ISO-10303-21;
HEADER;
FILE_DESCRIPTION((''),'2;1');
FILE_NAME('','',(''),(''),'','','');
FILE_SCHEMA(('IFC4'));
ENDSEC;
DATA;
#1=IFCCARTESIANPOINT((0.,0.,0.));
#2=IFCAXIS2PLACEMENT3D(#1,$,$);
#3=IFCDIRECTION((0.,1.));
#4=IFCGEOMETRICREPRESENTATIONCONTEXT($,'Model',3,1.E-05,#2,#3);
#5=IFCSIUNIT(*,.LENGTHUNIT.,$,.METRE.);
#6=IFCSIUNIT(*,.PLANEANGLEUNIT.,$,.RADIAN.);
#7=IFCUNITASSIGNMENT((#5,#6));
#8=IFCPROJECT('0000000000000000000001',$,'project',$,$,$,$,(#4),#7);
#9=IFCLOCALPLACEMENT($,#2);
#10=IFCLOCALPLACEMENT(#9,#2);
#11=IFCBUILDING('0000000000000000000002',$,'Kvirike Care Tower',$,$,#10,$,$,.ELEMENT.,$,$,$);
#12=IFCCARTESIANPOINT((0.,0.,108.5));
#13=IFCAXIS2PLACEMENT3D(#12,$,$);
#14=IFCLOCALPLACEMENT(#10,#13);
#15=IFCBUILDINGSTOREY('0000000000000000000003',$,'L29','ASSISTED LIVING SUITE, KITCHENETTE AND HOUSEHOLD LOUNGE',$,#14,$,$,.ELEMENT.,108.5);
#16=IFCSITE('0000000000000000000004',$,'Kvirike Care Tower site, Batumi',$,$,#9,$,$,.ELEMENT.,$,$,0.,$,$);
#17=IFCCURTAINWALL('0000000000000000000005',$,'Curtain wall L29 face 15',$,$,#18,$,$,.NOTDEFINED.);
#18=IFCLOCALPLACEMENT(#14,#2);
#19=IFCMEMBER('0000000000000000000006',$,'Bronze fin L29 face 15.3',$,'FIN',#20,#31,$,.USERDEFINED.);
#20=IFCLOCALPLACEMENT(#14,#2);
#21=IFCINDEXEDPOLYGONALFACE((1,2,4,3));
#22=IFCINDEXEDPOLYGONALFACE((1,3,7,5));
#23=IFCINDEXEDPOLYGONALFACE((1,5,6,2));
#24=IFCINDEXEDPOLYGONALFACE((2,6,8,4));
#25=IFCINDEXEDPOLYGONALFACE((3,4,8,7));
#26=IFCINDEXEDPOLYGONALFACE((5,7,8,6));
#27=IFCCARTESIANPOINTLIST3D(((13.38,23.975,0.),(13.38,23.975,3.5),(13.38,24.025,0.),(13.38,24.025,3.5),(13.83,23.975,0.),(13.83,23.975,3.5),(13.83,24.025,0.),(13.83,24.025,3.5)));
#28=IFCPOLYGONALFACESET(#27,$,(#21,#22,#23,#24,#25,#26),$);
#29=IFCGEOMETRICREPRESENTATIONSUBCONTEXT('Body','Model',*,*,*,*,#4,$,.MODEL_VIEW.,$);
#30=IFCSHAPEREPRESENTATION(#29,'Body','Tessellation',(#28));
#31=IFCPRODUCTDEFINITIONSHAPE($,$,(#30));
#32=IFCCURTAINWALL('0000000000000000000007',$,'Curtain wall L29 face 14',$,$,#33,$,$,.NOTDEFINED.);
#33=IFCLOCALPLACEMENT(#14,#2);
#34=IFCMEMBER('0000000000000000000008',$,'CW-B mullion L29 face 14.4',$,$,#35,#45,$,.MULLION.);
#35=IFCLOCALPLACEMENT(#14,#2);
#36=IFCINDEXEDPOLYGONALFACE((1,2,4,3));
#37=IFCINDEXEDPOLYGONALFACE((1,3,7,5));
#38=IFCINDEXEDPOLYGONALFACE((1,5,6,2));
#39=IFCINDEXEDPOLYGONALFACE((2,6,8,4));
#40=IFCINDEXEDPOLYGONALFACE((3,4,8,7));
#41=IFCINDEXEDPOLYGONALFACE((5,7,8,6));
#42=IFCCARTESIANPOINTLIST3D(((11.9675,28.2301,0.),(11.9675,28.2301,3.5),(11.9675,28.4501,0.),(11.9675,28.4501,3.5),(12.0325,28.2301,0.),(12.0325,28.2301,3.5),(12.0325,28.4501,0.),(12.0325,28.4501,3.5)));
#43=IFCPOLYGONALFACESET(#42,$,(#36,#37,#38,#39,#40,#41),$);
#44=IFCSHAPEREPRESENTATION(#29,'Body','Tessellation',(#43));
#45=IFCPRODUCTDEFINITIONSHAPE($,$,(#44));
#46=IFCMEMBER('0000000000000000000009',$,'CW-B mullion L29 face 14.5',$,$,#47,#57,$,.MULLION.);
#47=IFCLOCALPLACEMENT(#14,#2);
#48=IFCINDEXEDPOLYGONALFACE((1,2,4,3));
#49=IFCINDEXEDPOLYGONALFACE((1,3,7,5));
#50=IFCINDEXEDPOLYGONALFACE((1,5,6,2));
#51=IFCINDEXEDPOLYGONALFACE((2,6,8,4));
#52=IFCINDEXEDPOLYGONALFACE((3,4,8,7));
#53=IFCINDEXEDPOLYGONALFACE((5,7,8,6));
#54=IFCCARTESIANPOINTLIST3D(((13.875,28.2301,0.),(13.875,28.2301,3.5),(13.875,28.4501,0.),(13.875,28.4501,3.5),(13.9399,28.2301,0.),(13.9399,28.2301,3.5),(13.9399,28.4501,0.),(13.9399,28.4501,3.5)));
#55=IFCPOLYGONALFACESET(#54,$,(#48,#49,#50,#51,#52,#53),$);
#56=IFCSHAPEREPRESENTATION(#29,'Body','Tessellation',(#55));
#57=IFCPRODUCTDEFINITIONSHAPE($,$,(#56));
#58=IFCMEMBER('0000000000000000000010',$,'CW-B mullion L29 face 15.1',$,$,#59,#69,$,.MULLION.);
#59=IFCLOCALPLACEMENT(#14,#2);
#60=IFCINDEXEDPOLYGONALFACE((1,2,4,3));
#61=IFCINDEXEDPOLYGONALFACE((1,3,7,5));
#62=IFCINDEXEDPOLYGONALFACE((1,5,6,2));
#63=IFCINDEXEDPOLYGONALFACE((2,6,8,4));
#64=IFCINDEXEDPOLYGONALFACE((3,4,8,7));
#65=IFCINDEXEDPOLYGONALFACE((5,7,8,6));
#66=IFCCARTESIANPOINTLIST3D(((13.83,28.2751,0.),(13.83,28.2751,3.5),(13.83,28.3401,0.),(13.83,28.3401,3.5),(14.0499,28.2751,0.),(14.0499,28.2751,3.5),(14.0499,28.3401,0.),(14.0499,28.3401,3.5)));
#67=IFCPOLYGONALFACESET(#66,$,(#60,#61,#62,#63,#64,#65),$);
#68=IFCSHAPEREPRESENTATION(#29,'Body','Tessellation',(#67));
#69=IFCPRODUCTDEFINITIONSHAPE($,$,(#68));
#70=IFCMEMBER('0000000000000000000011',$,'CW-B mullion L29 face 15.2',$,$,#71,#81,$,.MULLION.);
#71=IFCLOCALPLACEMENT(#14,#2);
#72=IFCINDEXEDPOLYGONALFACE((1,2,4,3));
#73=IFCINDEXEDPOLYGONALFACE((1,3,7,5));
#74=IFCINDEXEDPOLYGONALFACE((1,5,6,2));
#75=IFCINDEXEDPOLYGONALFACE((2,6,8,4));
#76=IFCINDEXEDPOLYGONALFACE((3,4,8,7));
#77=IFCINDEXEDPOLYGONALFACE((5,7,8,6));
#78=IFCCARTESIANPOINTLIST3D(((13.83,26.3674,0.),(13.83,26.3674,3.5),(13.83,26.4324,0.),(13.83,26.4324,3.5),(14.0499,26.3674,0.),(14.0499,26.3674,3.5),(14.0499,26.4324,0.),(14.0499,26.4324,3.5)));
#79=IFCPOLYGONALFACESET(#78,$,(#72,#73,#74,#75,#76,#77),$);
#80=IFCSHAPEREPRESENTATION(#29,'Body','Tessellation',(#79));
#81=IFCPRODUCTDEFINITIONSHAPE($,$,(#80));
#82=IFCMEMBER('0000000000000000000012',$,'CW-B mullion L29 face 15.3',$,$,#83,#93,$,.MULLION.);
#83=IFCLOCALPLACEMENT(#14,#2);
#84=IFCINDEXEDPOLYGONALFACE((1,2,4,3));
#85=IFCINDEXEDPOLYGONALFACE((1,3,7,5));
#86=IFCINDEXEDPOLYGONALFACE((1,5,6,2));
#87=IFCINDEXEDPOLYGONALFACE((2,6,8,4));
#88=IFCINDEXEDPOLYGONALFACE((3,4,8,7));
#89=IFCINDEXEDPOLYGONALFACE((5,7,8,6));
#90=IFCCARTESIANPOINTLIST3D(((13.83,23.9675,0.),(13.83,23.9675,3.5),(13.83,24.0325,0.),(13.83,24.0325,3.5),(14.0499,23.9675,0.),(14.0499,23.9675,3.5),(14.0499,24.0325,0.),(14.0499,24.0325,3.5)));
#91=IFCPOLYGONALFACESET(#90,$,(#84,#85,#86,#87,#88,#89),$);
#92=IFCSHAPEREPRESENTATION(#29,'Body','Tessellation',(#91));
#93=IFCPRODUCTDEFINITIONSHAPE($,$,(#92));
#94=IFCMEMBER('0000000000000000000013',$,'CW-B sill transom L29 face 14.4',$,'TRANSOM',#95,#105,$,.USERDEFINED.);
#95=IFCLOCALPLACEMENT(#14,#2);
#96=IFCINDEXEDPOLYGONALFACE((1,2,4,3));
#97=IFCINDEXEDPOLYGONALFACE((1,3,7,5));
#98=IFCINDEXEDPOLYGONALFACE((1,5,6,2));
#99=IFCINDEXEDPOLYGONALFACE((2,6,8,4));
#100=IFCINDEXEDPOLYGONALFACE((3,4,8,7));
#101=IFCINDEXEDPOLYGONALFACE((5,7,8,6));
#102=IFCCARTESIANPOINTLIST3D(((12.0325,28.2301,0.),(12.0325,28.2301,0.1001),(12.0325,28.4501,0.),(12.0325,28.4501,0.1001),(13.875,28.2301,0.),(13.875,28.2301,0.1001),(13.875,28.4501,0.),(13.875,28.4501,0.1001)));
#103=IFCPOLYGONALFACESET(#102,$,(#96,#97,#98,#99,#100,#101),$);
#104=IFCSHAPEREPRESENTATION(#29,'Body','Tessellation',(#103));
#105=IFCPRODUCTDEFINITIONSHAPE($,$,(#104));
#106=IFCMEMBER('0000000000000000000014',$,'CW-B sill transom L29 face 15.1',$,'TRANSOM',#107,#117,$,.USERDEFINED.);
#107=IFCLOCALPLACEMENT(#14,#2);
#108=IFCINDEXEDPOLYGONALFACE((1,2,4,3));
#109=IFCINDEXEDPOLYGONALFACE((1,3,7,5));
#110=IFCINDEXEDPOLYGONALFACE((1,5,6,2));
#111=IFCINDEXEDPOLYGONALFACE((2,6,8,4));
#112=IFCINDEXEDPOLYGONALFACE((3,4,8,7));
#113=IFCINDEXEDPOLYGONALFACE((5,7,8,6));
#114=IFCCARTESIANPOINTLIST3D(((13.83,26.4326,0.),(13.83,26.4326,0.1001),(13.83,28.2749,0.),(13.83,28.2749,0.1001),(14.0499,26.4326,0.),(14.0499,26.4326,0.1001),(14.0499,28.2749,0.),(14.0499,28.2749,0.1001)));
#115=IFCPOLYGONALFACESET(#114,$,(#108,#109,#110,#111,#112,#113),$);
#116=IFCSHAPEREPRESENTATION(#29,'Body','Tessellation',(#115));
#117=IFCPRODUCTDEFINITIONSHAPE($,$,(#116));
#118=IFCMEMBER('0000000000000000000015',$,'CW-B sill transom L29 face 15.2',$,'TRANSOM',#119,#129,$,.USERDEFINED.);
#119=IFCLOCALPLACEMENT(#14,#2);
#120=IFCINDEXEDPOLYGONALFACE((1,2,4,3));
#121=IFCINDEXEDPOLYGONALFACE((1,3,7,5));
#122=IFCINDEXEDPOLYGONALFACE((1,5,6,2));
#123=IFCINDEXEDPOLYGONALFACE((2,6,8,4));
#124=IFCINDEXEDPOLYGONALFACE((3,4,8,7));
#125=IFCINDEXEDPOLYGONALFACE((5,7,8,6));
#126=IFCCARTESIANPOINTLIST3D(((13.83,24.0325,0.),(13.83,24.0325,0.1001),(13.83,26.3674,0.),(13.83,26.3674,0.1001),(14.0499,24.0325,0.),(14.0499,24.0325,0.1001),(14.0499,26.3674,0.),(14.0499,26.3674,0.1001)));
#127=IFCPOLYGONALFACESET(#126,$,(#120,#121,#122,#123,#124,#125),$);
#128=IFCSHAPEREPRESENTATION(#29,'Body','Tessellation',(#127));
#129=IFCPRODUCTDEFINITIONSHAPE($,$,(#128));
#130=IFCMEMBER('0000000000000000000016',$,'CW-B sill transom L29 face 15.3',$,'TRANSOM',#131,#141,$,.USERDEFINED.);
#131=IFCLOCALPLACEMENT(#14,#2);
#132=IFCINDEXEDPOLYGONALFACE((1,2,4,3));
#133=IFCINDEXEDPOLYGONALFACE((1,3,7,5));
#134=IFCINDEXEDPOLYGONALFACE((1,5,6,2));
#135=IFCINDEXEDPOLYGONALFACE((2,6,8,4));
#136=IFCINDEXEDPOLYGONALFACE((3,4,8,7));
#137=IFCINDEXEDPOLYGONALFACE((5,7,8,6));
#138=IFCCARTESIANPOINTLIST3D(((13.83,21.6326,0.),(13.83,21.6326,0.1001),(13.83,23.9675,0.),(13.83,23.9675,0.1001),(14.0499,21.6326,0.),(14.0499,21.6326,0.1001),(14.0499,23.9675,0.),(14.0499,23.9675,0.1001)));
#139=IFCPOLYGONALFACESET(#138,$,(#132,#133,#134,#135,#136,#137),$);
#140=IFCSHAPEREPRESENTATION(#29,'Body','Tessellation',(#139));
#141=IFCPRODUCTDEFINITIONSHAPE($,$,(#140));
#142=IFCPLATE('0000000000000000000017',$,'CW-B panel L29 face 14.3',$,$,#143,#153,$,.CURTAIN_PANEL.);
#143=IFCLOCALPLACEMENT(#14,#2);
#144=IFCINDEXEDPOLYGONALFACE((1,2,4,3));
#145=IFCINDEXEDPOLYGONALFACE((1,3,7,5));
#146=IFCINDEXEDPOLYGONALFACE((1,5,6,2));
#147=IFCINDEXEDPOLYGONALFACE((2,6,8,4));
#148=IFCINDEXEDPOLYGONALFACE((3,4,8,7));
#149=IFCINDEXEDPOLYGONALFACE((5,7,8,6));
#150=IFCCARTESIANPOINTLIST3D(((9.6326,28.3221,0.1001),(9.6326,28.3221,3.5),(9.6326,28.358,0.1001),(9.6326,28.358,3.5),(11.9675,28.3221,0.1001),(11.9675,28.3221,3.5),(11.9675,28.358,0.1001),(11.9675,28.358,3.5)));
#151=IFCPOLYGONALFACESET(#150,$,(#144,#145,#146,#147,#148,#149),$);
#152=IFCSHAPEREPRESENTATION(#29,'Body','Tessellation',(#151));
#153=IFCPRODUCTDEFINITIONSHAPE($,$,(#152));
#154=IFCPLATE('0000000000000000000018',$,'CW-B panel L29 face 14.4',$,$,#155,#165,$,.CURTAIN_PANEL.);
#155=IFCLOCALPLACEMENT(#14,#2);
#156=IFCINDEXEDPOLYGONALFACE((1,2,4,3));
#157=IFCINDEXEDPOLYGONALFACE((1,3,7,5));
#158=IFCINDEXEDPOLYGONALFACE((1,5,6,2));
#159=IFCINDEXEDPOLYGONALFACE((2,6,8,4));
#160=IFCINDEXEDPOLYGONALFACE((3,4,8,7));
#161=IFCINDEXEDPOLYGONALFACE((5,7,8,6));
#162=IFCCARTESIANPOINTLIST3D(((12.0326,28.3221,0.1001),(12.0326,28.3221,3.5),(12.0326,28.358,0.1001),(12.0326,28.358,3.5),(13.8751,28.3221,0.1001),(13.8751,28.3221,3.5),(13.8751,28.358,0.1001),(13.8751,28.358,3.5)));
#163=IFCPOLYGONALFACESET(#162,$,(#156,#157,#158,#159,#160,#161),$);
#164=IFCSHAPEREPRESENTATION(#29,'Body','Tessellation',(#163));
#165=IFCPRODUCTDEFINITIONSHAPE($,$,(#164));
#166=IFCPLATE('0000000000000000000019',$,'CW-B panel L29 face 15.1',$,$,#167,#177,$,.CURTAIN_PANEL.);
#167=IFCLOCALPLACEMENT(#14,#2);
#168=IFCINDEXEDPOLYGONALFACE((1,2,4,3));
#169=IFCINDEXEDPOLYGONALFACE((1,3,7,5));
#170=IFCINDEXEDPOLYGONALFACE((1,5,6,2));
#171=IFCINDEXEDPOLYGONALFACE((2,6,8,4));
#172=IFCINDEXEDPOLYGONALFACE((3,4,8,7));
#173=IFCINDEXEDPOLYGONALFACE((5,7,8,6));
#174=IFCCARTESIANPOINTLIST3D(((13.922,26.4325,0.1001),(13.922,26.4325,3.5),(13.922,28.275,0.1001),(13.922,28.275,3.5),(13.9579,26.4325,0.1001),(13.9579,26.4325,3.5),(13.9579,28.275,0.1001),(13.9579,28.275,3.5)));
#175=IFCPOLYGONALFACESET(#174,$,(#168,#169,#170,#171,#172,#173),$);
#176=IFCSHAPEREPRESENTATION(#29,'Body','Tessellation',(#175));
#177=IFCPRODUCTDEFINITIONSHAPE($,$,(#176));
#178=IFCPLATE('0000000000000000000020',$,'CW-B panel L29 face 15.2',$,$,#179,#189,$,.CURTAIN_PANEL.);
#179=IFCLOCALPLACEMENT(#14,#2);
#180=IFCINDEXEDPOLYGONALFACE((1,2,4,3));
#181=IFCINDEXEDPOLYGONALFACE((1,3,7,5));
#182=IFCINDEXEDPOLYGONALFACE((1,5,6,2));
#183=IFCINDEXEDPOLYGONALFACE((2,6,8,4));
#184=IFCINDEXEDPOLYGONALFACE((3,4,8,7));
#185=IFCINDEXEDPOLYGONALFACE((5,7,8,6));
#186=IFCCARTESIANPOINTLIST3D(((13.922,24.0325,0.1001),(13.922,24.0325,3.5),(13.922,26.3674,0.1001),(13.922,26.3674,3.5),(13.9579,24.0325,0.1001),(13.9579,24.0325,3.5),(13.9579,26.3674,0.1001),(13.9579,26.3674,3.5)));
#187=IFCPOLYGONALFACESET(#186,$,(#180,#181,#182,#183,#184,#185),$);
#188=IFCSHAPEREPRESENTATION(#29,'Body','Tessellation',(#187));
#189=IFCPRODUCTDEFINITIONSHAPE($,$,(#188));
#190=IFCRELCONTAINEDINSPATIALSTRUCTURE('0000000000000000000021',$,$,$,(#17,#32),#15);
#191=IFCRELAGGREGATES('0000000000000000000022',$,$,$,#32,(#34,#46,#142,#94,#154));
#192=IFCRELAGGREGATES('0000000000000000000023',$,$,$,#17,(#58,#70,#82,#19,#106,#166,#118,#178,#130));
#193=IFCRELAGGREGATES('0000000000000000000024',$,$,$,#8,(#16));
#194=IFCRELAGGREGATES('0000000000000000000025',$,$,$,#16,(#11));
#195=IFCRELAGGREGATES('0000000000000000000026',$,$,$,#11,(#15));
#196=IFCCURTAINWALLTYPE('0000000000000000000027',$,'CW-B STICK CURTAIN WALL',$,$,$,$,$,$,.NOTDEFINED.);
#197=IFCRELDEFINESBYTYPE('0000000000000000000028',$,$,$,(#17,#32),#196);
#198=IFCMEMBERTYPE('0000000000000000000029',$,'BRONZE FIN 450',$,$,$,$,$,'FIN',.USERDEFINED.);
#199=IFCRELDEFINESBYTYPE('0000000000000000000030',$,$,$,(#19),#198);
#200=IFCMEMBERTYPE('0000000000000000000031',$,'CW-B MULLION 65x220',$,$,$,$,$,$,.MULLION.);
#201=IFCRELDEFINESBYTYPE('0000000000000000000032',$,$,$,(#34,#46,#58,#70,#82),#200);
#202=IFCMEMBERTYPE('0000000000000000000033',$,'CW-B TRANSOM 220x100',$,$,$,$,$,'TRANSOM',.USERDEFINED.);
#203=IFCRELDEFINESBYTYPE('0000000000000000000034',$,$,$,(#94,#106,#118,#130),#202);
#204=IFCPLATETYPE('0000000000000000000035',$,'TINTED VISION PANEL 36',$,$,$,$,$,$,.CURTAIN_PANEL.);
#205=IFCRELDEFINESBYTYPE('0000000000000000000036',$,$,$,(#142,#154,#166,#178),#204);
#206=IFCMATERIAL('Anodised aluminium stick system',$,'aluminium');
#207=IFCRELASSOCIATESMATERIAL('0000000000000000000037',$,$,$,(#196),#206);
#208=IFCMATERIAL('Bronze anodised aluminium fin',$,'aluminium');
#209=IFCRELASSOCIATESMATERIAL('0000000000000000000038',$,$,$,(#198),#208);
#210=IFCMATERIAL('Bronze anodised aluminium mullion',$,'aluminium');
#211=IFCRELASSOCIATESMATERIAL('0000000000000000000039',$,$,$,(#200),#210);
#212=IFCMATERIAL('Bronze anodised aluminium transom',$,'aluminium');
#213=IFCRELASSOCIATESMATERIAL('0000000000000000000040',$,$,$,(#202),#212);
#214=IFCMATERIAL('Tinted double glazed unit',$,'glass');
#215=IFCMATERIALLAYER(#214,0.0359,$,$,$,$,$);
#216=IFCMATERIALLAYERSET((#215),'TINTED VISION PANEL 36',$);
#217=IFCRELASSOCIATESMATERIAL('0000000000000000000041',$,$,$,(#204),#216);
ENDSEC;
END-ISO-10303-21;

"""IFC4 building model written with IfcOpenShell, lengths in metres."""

from ifc_helpers import new_model, si_unit, direction, frame, origin, origin_2d, place, context, subcontext, project, spatial, rectangle, extrude, material, layer, layer_set, material_profile, profile_set, type_object, element, aggregate, save


model = new_model("IFC4")

# Units and contexts
model_context = context("Model", 3, precision=1e-05, world=origin(), true_north=direction((0.0, 1.0)))
body_context = subcontext(model_context, "Body", "Model", "MODEL_VIEW")
ifc_project = project(units=[si_unit("LENGTHUNIT", "METRE"), si_unit("PLANEANGLEUNIT", "RADIAN")], contexts=[model_context])

# Site, building, storey
site_placement = place(None, origin())
site = spatial("IfcSite", under=ifc_project, at=site_placement, Name="Kvirike Care Tower site, Batumi", CompositionType="ELEMENT", RefElevation=0.0)
building_placement = place(site_placement, origin())
building = spatial("IfcBuilding", under=site, at=building_placement, Name="Kvirike Care Tower", CompositionType="ELEMENT")
storey_placement = place(building_placement, frame((0.0, 0.0, 108.5)))
storey = spatial("IfcBuildingStorey", under=building, at=storey_placement, Name="L29", Description="ASSISTED LIVING SUITE, KITCHENETTE AND HOUSEHOLD LOUNGE", CompositionType="ELEMENT", Elevation=108.5)

# Curtain wall, member
ifc_material_1 = material(Name="Anodised aluminium stick system", Category="aluminium")
curtain_wall_type = type_object("IfcCurtainWallType", Name="CW-B STICK CURTAIN WALL", PredefinedType="NOTDEFINED", material=ifc_material_1)
curtain_wall_1_placement = place(storey_placement, origin())
curtain_wall_1 = element("IfcCurtainWall", 1, at=curtain_wall_1_placement, inside=storey, type_object=curtain_wall_type, Name="Curtain wall L29 face 15", PredefinedType="NOTDEFINED")
ifc_material_2 = material(Name="Bronze anodised aluminium fin", Category="aluminium")
ifc_material_profile_1 = material_profile(ifc_material_2, rectangle(XDim=0.05, YDim=0.45, at=origin_2d()), Name="BRONZE FIN 450")
ifc_profile_set_1 = profile_set([ifc_material_profile_1], Name="Bronze anodised aluminium fin")
member_type_1 = type_object("IfcMemberType", Name="BRONZE FIN 450", ElementType="FIN", PredefinedType="USERDEFINED", material=ifc_profile_set_1)
member_1_placement = place(storey_placement, frame((13.605, 24.0, 0.0), z_axis=(0.0, 0.0, 1.0), x_axis=(0.0, -1.0, 0.0)))
member_1 = element("IfcMember", 2, at=member_1_placement, type_object=member_type_1, Name="Bronze fin L29 face 15.3", ObjectType="FIN", PredefinedType="USERDEFINED", context=body_context, shape_type="SweptSolid", body=[
    extrude(rectangle(XDim=0.05, YDim=0.45, at=origin_2d()), origin(), (0.0, 0.0, 1.0), 3.5),
])

# Curtain wall, members
curtain_wall_2_placement = place(storey_placement, origin())
curtain_wall_2 = element("IfcCurtainWall", 3, at=curtain_wall_2_placement, inside=storey, type_object=curtain_wall_type, Name="Curtain wall L29 face 14", PredefinedType="NOTDEFINED")
ifc_material_3 = material(Name="Bronze anodised aluminium mullion", Category="aluminium")
ifc_material_profile_2 = material_profile(ifc_material_3, rectangle(XDim=0.0649, YDim=0.22, at=origin_2d()), Name="CW-B MULLION 65x220")
ifc_profile_set_2 = profile_set([ifc_material_profile_2], Name="Bronze anodised aluminium mullion")
member_type_2 = type_object("IfcMemberType", Name="CW-B MULLION 65x220", PredefinedType="MULLION", material=ifc_profile_set_2)
member_2_placement = place(storey_placement, frame((12.0, 28.3401, 0.0), z_axis=(0.0, 0.0, 1.0), x_axis=(1.0, 0.0, 0.0)))
member_2 = element("IfcMember", 4, at=member_2_placement, type_object=member_type_2, Name="CW-B mullion L29 face 14.4", PredefinedType="MULLION", context=body_context, shape_type="SweptSolid", body=[
    extrude(rectangle(XDim=0.0649, YDim=0.22, at=origin_2d()), origin(), (0.0, 0.0, 1.0), 3.5),
])
member_3_placement = place(storey_placement, frame((13.9075, 28.3401, 0.0), z_axis=(0.0, 0.0, 1.0), x_axis=(1.0, 0.0, 0.0)))
member_3 = element("IfcMember", 5, at=member_3_placement, type_object=member_type_2, Name="CW-B mullion L29 face 14.5", PredefinedType="MULLION", context=body_context, shape_type="SweptSolid", body=[
    extrude(rectangle(XDim=0.0649, YDim=0.22, at=origin_2d()), origin(), (0.0, 0.0, 1.0), 3.5),
])

# Members
member_4_placement = place(storey_placement, frame((13.9399, 28.3076, 0.0), z_axis=(0.0, 0.0, 1.0), x_axis=(0.0, -1.0, 0.0)))
member_4 = element("IfcMember", 6, at=member_4_placement, type_object=member_type_2, Name="CW-B mullion L29 face 15.1", PredefinedType="MULLION", context=body_context, shape_type="SweptSolid", body=[
    extrude(rectangle(XDim=0.0649, YDim=0.22, at=origin_2d()), origin(), (0.0, 0.0, 1.0), 3.5),
])
member_5_placement = place(storey_placement, frame((13.9399, 26.3999, 0.0), z_axis=(0.0, 0.0, 1.0), x_axis=(0.0, -1.0, 0.0)))
member_5 = element("IfcMember", 7, at=member_5_placement, type_object=member_type_2, Name="CW-B mullion L29 face 15.2", PredefinedType="MULLION", context=body_context, shape_type="SweptSolid", body=[
    extrude(rectangle(XDim=0.0649, YDim=0.22, at=origin_2d()), origin(), (0.0, 0.0, 1.0), 3.5),
])
member_6_placement = place(storey_placement, frame((13.9399, 24.0, 0.0), z_axis=(0.0, 0.0, 1.0), x_axis=(0.0, -1.0, 0.0)))
member_6 = element("IfcMember", 8, at=member_6_placement, type_object=member_type_2, Name="CW-B mullion L29 face 15.3", PredefinedType="MULLION", context=body_context, shape_type="SweptSolid", body=[
    extrude(rectangle(XDim=0.0649, YDim=0.22, at=origin_2d()), origin(), (0.0, 0.0, 1.0), 3.5),
])
ifc_material_4 = material(Name="Bronze anodised aluminium transom", Category="aluminium")
ifc_material_profile_3 = material_profile(ifc_material_4, rectangle(XDim=0.22, YDim=0.1001, at=origin_2d()), Name="CW-B TRANSOM 220x100")
ifc_profile_set_3 = profile_set([ifc_material_profile_3], Name="Bronze anodised aluminium transom")
member_type_3 = type_object("IfcMemberType", Name="CW-B TRANSOM 220x100", ElementType="TRANSOM", PredefinedType="USERDEFINED", material=ifc_profile_set_3)
member_7_placement = place(storey_placement, frame((12.0325, 28.3401, 0.05), z_axis=(1.0, 0.0, 0.0), x_axis=(0.0, 1.0, 0.0)))
member_7 = element("IfcMember", 9, at=member_7_placement, type_object=member_type_3, Name="CW-B sill transom L29 face 14.4", ObjectType="TRANSOM", PredefinedType="USERDEFINED", context=body_context, shape_type="SweptSolid", body=[
    extrude(rectangle(XDim=0.22, YDim=0.1001, at=origin_2d()), origin(), (0.0, 0.0, 1.0), 1.8425),
])
member_8_placement = place(storey_placement, frame((13.9399, 28.2749, 0.05), z_axis=(0.0, -1.0, 0.0), x_axis=(1.0, 0.0, 0.0)))
member_8 = element("IfcMember", 10, at=member_8_placement, type_object=member_type_3, Name="CW-B sill transom L29 face 15.1", ObjectType="TRANSOM", PredefinedType="USERDEFINED", context=body_context, shape_type="SweptSolid", body=[
    extrude(rectangle(XDim=0.22, YDim=0.1001, at=origin_2d()), origin(), (0.0, 0.0, 1.0), 1.8423),
])
member_9_placement = place(storey_placement, frame((13.9399, 26.3674, 0.05), z_axis=(0.0, -1.0, 0.0), x_axis=(1.0, 0.0, 0.0)))
member_9 = element("IfcMember", 11, at=member_9_placement, type_object=member_type_3, Name="CW-B sill transom L29 face 15.2", ObjectType="TRANSOM", PredefinedType="USERDEFINED", context=body_context, shape_type="SweptSolid", body=[
    extrude(rectangle(XDim=0.22, YDim=0.1001, at=origin_2d()), origin(), (0.0, 0.0, 1.0), 2.335),
])
member_10_placement = place(storey_placement, frame((13.9399, 23.9675, 0.05), z_axis=(0.0, -1.0, 0.0), x_axis=(1.0, 0.0, 0.0)))
member_10 = element("IfcMember", 12, at=member_10_placement, type_object=member_type_3, Name="CW-B sill transom L29 face 15.3", ObjectType="TRANSOM", PredefinedType="USERDEFINED", context=body_context, shape_type="SweptSolid", body=[
    extrude(rectangle(XDim=0.22, YDim=0.1001, at=origin_2d()), origin(), (0.0, 0.0, 1.0), 2.335),
])

# Plates
ifc_material_5 = material(Name="Tinted double glazed unit", Category="glass")
ifc_layer_1 = layer(ifc_material_5, 0.0359)
ifc_layer_set_1 = layer_set([ifc_layer_1], Name="TINTED VISION PANEL 36")
plate_type = type_object("IfcPlateType", Name="TINTED VISION PANEL 36", PredefinedType="CURTAIN_PANEL", material=ifc_layer_set_1)
plate_1_placement = place(storey_placement, frame((10.8, 28.3401, 0.1001), z_axis=(0.0, 0.0, 1.0), x_axis=(1.0, 0.0, 0.0)))
plate_1 = element("IfcPlate", 13, at=plate_1_placement, type_object=plate_type, Name="CW-B panel L29 face 14.3", PredefinedType="CURTAIN_PANEL", context=body_context, shape_type="SweptSolid", body=[
    extrude(rectangle(XDim=2.335, YDim=0.0359, at=origin_2d()), origin(), (0.0, 0.0, 1.0), 3.3999),
])
plate_2_placement = place(storey_placement, frame((12.9539, 28.3401, 0.1001), z_axis=(0.0, 0.0, 1.0), x_axis=(1.0, 0.0, 0.0)))
plate_2 = element("IfcPlate", 14, at=plate_2_placement, type_object=plate_type, Name="CW-B panel L29 face 14.4", PredefinedType="CURTAIN_PANEL", context=body_context, shape_type="SweptSolid", body=[
    extrude(rectangle(XDim=1.8425, YDim=0.0359, at=origin_2d()), origin(), (0.0, 0.0, 1.0), 3.3999),
])
aggregate(curtain_wall_2, [member_2, member_3, plate_1, member_7, plate_2])
plate_3_placement = place(storey_placement, frame((13.9399, 27.3538, 0.1001), z_axis=(0.0, 0.0, 1.0), x_axis=(0.0, -1.0, 0.0)))
plate_3 = element("IfcPlate", 15, at=plate_3_placement, type_object=plate_type, Name="CW-B panel L29 face 15.1", PredefinedType="CURTAIN_PANEL", context=body_context, shape_type="SweptSolid", body=[
    extrude(rectangle(XDim=1.8425, YDim=0.0359, at=origin_2d()), origin(), (0.0, 0.0, 1.0), 3.3999),
])
plate_4_placement = place(storey_placement, frame((13.9399, 25.2, 0.1001), z_axis=(0.0, 0.0, 1.0), x_axis=(0.0, -1.0, 0.0)))
plate_4 = element("IfcPlate", 16, at=plate_4_placement, type_object=plate_type, Name="CW-B panel L29 face 15.2", PredefinedType="CURTAIN_PANEL", context=body_context, shape_type="SweptSolid", body=[
    extrude(rectangle(XDim=2.335, YDim=0.0359, at=origin_2d()), origin(), (0.0, 0.0, 1.0), 3.3999),
])
aggregate(curtain_wall_1, [member_4, member_5, member_6, member_1, member_8, plate_3, member_9, plate_4, member_10])

save(model, "model.ifc")
